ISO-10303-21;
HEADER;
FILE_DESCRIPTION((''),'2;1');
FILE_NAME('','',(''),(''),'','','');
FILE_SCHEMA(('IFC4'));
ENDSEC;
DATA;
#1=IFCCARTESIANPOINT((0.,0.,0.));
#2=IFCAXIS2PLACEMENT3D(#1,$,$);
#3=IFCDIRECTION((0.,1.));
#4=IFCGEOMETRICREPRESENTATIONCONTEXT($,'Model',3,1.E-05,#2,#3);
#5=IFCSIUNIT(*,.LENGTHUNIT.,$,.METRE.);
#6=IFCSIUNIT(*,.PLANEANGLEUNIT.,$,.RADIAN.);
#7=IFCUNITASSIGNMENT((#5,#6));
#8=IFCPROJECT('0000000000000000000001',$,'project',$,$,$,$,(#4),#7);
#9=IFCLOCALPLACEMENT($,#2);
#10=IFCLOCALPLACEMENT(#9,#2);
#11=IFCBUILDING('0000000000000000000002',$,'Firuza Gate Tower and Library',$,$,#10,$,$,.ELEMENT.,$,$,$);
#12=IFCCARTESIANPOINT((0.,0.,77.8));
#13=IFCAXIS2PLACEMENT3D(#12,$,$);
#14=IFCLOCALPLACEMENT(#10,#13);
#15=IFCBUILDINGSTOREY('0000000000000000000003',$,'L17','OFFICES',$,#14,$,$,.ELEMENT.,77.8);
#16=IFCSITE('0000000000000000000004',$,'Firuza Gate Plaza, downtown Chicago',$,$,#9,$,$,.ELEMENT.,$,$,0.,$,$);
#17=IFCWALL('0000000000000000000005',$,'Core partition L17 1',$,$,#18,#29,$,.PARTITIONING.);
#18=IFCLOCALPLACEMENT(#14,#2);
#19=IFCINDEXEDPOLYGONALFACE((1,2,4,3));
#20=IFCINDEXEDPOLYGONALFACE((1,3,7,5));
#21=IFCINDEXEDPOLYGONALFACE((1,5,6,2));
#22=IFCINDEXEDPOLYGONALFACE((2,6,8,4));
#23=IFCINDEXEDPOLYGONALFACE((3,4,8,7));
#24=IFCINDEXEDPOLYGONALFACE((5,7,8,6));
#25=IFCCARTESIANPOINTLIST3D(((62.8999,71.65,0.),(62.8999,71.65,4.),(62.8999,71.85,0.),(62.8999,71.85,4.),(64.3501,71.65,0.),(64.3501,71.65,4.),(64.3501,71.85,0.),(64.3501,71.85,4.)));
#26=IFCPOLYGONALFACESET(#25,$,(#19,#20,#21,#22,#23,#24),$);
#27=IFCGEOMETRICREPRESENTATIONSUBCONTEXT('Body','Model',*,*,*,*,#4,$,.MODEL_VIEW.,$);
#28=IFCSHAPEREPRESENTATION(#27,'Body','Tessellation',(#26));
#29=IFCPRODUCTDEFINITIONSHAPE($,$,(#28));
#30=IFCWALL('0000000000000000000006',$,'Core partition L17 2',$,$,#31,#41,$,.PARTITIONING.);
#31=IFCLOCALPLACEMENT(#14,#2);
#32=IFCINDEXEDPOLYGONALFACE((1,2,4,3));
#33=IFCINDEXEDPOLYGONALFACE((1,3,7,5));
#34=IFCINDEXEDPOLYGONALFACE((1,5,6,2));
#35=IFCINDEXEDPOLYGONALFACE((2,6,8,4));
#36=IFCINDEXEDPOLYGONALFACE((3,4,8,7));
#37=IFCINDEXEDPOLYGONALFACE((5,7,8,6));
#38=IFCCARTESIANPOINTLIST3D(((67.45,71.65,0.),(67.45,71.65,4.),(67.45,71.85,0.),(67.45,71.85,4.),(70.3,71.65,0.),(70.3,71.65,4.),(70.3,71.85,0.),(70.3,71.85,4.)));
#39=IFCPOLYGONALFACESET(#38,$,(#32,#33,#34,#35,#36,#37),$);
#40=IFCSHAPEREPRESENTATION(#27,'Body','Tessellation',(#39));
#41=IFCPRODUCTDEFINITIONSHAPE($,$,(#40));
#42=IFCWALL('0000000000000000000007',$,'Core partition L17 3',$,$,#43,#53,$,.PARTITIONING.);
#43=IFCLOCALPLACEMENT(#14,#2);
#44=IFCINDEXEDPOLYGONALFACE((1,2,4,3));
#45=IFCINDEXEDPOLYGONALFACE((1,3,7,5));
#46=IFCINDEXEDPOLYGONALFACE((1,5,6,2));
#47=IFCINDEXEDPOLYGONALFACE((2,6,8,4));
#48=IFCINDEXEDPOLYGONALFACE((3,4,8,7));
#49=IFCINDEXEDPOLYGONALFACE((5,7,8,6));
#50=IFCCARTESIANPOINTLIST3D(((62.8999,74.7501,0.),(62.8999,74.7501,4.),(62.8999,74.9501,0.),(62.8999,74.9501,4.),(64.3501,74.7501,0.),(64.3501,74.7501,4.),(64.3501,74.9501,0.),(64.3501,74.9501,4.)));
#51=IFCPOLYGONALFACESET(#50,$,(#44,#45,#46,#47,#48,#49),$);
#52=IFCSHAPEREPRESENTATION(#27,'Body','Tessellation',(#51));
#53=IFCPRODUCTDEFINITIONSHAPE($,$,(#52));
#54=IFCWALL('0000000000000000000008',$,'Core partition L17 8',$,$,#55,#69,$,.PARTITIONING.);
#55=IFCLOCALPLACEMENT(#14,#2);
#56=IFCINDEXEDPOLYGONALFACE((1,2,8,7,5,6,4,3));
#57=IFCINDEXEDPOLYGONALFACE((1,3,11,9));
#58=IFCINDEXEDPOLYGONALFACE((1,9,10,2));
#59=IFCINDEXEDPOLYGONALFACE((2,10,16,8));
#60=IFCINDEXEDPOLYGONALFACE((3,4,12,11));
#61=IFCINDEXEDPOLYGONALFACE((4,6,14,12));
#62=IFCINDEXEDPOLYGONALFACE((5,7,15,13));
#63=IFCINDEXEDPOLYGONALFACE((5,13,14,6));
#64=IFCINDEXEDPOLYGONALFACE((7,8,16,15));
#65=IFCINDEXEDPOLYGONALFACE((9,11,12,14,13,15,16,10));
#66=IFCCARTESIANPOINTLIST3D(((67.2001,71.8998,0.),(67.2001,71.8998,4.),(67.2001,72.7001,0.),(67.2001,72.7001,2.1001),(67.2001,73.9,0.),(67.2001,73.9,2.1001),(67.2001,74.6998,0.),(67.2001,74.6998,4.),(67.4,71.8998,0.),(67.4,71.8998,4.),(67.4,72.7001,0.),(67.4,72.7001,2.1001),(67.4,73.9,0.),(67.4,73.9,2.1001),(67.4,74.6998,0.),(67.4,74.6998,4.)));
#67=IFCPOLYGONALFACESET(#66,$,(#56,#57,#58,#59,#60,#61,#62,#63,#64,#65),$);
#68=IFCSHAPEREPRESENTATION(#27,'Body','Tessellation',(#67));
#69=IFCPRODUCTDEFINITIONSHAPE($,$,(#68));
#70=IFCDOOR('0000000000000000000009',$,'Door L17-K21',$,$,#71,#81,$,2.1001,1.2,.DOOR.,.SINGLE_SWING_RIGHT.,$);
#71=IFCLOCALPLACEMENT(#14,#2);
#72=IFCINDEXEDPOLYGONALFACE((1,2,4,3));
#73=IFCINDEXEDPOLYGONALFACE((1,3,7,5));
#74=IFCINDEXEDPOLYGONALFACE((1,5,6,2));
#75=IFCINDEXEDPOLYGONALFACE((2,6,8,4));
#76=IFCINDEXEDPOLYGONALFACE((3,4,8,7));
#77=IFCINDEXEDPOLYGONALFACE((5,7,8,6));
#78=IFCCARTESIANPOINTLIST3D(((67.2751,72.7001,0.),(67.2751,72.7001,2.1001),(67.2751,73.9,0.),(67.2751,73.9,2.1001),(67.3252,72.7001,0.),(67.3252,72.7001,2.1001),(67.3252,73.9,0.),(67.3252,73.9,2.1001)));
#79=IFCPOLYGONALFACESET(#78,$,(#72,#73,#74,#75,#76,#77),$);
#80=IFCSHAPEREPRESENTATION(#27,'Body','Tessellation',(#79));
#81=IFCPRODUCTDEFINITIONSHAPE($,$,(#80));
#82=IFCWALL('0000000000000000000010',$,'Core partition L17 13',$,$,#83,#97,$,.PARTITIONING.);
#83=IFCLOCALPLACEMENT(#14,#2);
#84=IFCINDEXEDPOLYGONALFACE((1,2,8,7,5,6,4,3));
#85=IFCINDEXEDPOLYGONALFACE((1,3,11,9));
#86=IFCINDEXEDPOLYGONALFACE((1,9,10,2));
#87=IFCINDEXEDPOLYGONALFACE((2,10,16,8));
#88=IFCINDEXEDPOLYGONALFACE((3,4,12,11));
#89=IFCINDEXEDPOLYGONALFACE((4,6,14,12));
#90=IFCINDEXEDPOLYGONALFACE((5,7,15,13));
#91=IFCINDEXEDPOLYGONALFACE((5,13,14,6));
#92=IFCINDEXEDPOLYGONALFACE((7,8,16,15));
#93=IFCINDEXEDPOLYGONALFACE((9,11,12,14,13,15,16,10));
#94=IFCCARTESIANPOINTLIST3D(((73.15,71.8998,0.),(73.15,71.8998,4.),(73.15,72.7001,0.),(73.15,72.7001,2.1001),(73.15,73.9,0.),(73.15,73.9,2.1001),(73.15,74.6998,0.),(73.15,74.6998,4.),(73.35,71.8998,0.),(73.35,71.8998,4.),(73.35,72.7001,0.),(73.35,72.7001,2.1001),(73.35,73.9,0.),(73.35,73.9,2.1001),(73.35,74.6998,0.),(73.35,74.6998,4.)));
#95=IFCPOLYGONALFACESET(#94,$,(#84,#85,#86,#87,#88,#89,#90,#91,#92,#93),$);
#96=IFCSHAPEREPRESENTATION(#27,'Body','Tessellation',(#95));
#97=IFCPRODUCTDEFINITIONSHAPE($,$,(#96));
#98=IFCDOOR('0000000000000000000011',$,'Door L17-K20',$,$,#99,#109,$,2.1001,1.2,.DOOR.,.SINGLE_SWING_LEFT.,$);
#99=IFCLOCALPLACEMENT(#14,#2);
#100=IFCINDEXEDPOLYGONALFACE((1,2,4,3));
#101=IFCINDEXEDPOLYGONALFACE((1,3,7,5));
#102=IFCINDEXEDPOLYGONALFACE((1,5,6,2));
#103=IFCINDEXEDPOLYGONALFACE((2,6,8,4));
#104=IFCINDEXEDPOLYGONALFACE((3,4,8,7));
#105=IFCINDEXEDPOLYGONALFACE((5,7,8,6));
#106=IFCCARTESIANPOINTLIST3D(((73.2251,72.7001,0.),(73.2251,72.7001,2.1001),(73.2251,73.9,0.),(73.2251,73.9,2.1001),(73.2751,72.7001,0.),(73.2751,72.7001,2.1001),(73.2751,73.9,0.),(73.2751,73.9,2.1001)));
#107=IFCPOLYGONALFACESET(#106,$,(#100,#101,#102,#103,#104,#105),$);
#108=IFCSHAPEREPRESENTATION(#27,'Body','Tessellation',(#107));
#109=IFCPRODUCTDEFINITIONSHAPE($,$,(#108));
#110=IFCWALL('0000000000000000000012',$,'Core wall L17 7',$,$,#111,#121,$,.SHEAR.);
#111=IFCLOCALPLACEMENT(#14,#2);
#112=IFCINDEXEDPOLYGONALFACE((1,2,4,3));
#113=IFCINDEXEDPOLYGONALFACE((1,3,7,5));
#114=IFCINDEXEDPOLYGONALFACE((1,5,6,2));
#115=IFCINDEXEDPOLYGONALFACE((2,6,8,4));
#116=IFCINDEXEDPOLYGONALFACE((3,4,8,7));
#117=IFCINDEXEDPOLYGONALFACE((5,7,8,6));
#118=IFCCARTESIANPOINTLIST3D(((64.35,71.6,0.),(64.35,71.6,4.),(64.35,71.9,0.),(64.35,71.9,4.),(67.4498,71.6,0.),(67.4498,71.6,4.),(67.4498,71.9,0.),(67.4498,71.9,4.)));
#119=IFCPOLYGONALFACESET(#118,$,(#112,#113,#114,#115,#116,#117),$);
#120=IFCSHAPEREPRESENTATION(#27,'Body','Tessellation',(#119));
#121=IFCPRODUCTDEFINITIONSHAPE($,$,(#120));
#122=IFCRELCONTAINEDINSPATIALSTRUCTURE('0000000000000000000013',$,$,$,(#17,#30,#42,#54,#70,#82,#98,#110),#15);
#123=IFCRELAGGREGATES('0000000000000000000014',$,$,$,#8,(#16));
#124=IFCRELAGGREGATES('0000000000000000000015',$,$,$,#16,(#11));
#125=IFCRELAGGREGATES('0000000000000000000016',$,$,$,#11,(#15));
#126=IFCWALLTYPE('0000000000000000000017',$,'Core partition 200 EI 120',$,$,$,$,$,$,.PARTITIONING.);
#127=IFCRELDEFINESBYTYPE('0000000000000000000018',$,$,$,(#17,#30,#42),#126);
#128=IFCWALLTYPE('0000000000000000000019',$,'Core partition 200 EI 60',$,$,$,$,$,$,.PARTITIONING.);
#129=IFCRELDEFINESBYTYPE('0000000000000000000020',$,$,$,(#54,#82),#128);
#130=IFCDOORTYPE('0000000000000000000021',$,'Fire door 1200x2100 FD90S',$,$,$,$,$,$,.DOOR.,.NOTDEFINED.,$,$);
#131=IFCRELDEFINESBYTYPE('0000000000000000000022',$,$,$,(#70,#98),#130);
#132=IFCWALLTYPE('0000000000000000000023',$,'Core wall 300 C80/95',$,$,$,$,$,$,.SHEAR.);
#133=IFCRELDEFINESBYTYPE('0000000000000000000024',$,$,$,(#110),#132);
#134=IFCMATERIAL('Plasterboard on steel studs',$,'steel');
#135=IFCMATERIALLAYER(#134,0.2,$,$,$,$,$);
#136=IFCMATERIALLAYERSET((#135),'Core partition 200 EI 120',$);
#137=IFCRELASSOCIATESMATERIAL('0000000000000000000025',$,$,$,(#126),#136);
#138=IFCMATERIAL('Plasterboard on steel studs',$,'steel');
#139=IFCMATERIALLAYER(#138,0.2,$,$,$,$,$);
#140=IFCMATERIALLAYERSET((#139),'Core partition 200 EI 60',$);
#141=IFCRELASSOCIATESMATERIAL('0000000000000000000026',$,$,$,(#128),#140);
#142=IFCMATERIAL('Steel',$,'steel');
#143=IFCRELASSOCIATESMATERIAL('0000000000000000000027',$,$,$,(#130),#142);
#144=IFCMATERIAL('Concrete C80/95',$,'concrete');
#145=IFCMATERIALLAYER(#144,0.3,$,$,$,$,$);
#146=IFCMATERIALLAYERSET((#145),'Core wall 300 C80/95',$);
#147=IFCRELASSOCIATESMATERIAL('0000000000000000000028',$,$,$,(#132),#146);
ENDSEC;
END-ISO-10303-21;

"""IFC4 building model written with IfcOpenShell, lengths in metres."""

from ifc_helpers import new_model, si_unit, direction, frame, frame_2d, origin, place, context, subcontext, project, spatial, rectangle, extrude, material, layer, layer_set, type_object, element, fill, save


model = new_model("IFC4")

# Units and contexts
model_context = context("Model", 3, precision=1e-05, world=origin(), true_north=direction((0.0, 1.0)))
body_context = subcontext(model_context, "Body", "Model", "MODEL_VIEW")
ifc_project = project(units=[si_unit("LENGTHUNIT", "METRE"), si_unit("PLANEANGLEUNIT", "RADIAN")], contexts=[model_context])

# Site, building, storey
site_placement = place(None, origin())
site = spatial("IfcSite", under=ifc_project, at=site_placement, Name="Firuza Gate Plaza, downtown Chicago", CompositionType="ELEMENT", RefElevation=0.0)
building_placement = place(site_placement, origin())
building = spatial("IfcBuilding", under=site, at=building_placement, Name="Firuza Gate Tower and Library", CompositionType="ELEMENT")
storey_placement = place(building_placement, frame((0.0, 0.0, 77.8)))
storey = spatial("IfcBuildingStorey", under=building, at=storey_placement, Name="L17", Description="OFFICES", CompositionType="ELEMENT", Elevation=77.8)

# Walls
ifc_material_1 = material(Name="Plasterboard on steel studs", Category="steel")
ifc_layer_1 = layer(ifc_material_1, 0.2)
ifc_layer_set_1 = layer_set([ifc_layer_1], Name="Core partition 200 EI 120")
wall_type_1 = type_object("IfcWallType", Name="Core partition 200 EI 120", PredefinedType="PARTITIONING", material=ifc_layer_set_1)
wall_1_placement = place(storey_placement, frame((62.8999, 71.75, 0.0), z_axis=(0.0, 0.0, 1.0), x_axis=(1.0, 0.0, 0.0)))
element("IfcWall", 1, at=wall_1_placement, inside=storey, type_object=wall_type_1, Name="Core partition L17 1", PredefinedType="PARTITIONING", context=body_context, shape_type="SweptSolid", body=[
    extrude(rectangle(XDim=1.4502, YDim=0.2, at=frame_2d((0.7251, 0.0))), origin(), (0.0, 0.0, 1.0), 4.0),
])
wall_2_placement = place(storey_placement, frame((67.45, 71.75, 0.0), z_axis=(0.0, 0.0, 1.0), x_axis=(1.0, 0.0, 0.0)))
element("IfcWall", 2, at=wall_2_placement, inside=storey, type_object=wall_type_1, Name="Core partition L17 2", PredefinedType="PARTITIONING", context=body_context, shape_type="SweptSolid", body=[
    extrude(rectangle(XDim=2.8501, YDim=0.2, at=frame_2d((1.425, 0.0))), origin(), (0.0, 0.0, 1.0), 4.0),
])
wall_3_placement = place(storey_placement, frame((62.8999, 74.8501, 0.0), z_axis=(0.0, 0.0, 1.0), x_axis=(1.0, 0.0, 0.0)))
element("IfcWall", 3, at=wall_3_placement, inside=storey, type_object=wall_type_1, Name="Core partition L17 3", PredefinedType="PARTITIONING", context=body_context, shape_type="SweptSolid", body=[
    extrude(rectangle(XDim=1.4502, YDim=0.2, at=frame_2d((0.7251, 0.0))), origin(), (0.0, 0.0, 1.0), 4.0),
])

# Walls, openings, doors
ifc_material_2 = material(Name="Plasterboard on steel studs", Category="steel")
ifc_layer_2 = layer(ifc_material_2, 0.2)
ifc_layer_set_2 = layer_set([ifc_layer_2], Name="Core partition 200 EI 60")
wall_type_2 = type_object("IfcWallType", Name="Core partition 200 EI 60", PredefinedType="PARTITIONING", material=ifc_layer_set_2)
wall_4_placement = place(storey_placement, frame((67.3, 71.8999, 0.0), z_axis=(0.0, 0.0, 1.0), x_axis=(0.0, 1.0, 0.0)))
wall_4 = element("IfcWall", 4, at=wall_4_placement, inside=storey, type_object=wall_type_2, Name="Core partition L17 8", PredefinedType="PARTITIONING", context=body_context, shape_type="SweptSolid", body=[
    extrude(rectangle(XDim=2.8, YDim=0.2, at=frame_2d((1.3999, 0.0))), origin(), (0.0, 0.0, 1.0), 4.0),
])
opening_1_placement = place(wall_4_placement, frame((0.8, 0.0, 0.0)))
opening_1 = element("IfcOpeningElement", 5, at=opening_1_placement, cuts=wall_4, PredefinedType="OPENING", context=body_context, shape_type="SweptSolid", body=[
    extrude(rectangle(XDim=1.2, YDim=2.1001, at=frame_2d((0.6001, 1.05))), frame((0.0, 0.1099, 0.0), z_axis=(0.0, -1.0, 0.0), x_axis=(1.0, 0.0, 0.0)), (0.0, 0.0, 1.0), 0.22),
])
ifc_material_3 = material(Name="Steel", Category="steel")
door_type_1 = type_object("IfcDoorType", Name="Fire door 1200x2100 FD90S", OperationType="NOTDEFINED", PredefinedType="DOOR", material=ifc_material_3)
door_1_placement = place(opening_1_placement, origin())
door_1 = element("IfcDoor", 6, at=door_1_placement, inside=storey, type_object=door_type_1, Name="Door L17-K21", OperationType="SINGLE_SWING_RIGHT", OverallHeight=2.1001, OverallWidth=1.2, PredefinedType="DOOR", context=body_context, shape_type="SweptSolid", body=[
    extrude(rectangle(XDim=1.2, YDim=2.1001, at=frame_2d((0.6001, 1.05))), frame((0.0, 0.0249, 0.0), z_axis=(0.0, -1.0, 0.0), x_axis=(1.0, 0.0, 0.0)), (0.0, 0.0, 1.0), 0.05),
])
fill(opening_1, door_1)
wall_5_placement = place(storey_placement, frame((73.25, 71.8999, 0.0), z_axis=(0.0, 0.0, 1.0), x_axis=(0.0, 1.0, 0.0)))
wall_5 = element("IfcWall", 7, at=wall_5_placement, inside=storey, type_object=wall_type_2, Name="Core partition L17 13", PredefinedType="PARTITIONING", context=body_context, shape_type="SweptSolid", body=[
    extrude(rectangle(XDim=2.8, YDim=0.2, at=frame_2d((1.3999, 0.0))), origin(), (0.0, 0.0, 1.0), 4.0),
])
opening_2_placement = place(wall_5_placement, frame((0.8, 0.0, 0.0)))
opening_2 = element("IfcOpeningElement", 8, at=opening_2_placement, cuts=wall_5, PredefinedType="OPENING", context=body_context, shape_type="SweptSolid", body=[
    extrude(rectangle(XDim=1.2, YDim=2.1001, at=frame_2d((0.6001, 1.05))), frame((0.0, 0.1099, 0.0), z_axis=(0.0, -1.0, 0.0), x_axis=(1.0, 0.0, 0.0)), (0.0, 0.0, 1.0), 0.22),
])
door_2_placement = place(opening_2_placement, origin())
door_2 = element("IfcDoor", 9, at=door_2_placement, inside=storey, type_object=door_type_1, Name="Door L17-K20", OperationType="SINGLE_SWING_LEFT", OverallHeight=2.1001, OverallWidth=1.2, PredefinedType="DOOR", context=body_context, shape_type="SweptSolid", body=[
    extrude(rectangle(XDim=1.2, YDim=2.1001, at=frame_2d((0.6001, 1.05))), frame((0.0, 0.0249, 0.0), z_axis=(0.0, -1.0, 0.0), x_axis=(1.0, 0.0, 0.0)), (0.0, 0.0, 1.0), 0.05),
])
fill(opening_2, door_2)

# Wall
ifc_material_4 = material(Name="Concrete C80/95", Category="concrete")
ifc_layer_3 = layer(ifc_material_4, 0.3)
ifc_layer_set_3 = layer_set([ifc_layer_3], Name="Core wall 300 C80/95")
wall_type_3 = type_object("IfcWallType", Name="Core wall 300 C80/95", PredefinedType="SHEAR", material=ifc_layer_set_3)
wall_6_placement = place(storey_placement, frame((64.3501, 71.75, 0.0), z_axis=(0.0, 0.0, 1.0), x_axis=(1.0, 0.0, 0.0)))
element("IfcWall", 10, at=wall_6_placement, inside=storey, type_object=wall_type_3, Name="Core wall L17 7", PredefinedType="SHEAR", context=body_context, shape_type="SweptSolid", body=[
    extrude(rectangle(XDim=3.0999, YDim=0.3, at=frame_2d((1.5498, 0.0))), origin(), (0.0, 0.0, 1.0), 4.0),
])

save(model, "model.ifc")
